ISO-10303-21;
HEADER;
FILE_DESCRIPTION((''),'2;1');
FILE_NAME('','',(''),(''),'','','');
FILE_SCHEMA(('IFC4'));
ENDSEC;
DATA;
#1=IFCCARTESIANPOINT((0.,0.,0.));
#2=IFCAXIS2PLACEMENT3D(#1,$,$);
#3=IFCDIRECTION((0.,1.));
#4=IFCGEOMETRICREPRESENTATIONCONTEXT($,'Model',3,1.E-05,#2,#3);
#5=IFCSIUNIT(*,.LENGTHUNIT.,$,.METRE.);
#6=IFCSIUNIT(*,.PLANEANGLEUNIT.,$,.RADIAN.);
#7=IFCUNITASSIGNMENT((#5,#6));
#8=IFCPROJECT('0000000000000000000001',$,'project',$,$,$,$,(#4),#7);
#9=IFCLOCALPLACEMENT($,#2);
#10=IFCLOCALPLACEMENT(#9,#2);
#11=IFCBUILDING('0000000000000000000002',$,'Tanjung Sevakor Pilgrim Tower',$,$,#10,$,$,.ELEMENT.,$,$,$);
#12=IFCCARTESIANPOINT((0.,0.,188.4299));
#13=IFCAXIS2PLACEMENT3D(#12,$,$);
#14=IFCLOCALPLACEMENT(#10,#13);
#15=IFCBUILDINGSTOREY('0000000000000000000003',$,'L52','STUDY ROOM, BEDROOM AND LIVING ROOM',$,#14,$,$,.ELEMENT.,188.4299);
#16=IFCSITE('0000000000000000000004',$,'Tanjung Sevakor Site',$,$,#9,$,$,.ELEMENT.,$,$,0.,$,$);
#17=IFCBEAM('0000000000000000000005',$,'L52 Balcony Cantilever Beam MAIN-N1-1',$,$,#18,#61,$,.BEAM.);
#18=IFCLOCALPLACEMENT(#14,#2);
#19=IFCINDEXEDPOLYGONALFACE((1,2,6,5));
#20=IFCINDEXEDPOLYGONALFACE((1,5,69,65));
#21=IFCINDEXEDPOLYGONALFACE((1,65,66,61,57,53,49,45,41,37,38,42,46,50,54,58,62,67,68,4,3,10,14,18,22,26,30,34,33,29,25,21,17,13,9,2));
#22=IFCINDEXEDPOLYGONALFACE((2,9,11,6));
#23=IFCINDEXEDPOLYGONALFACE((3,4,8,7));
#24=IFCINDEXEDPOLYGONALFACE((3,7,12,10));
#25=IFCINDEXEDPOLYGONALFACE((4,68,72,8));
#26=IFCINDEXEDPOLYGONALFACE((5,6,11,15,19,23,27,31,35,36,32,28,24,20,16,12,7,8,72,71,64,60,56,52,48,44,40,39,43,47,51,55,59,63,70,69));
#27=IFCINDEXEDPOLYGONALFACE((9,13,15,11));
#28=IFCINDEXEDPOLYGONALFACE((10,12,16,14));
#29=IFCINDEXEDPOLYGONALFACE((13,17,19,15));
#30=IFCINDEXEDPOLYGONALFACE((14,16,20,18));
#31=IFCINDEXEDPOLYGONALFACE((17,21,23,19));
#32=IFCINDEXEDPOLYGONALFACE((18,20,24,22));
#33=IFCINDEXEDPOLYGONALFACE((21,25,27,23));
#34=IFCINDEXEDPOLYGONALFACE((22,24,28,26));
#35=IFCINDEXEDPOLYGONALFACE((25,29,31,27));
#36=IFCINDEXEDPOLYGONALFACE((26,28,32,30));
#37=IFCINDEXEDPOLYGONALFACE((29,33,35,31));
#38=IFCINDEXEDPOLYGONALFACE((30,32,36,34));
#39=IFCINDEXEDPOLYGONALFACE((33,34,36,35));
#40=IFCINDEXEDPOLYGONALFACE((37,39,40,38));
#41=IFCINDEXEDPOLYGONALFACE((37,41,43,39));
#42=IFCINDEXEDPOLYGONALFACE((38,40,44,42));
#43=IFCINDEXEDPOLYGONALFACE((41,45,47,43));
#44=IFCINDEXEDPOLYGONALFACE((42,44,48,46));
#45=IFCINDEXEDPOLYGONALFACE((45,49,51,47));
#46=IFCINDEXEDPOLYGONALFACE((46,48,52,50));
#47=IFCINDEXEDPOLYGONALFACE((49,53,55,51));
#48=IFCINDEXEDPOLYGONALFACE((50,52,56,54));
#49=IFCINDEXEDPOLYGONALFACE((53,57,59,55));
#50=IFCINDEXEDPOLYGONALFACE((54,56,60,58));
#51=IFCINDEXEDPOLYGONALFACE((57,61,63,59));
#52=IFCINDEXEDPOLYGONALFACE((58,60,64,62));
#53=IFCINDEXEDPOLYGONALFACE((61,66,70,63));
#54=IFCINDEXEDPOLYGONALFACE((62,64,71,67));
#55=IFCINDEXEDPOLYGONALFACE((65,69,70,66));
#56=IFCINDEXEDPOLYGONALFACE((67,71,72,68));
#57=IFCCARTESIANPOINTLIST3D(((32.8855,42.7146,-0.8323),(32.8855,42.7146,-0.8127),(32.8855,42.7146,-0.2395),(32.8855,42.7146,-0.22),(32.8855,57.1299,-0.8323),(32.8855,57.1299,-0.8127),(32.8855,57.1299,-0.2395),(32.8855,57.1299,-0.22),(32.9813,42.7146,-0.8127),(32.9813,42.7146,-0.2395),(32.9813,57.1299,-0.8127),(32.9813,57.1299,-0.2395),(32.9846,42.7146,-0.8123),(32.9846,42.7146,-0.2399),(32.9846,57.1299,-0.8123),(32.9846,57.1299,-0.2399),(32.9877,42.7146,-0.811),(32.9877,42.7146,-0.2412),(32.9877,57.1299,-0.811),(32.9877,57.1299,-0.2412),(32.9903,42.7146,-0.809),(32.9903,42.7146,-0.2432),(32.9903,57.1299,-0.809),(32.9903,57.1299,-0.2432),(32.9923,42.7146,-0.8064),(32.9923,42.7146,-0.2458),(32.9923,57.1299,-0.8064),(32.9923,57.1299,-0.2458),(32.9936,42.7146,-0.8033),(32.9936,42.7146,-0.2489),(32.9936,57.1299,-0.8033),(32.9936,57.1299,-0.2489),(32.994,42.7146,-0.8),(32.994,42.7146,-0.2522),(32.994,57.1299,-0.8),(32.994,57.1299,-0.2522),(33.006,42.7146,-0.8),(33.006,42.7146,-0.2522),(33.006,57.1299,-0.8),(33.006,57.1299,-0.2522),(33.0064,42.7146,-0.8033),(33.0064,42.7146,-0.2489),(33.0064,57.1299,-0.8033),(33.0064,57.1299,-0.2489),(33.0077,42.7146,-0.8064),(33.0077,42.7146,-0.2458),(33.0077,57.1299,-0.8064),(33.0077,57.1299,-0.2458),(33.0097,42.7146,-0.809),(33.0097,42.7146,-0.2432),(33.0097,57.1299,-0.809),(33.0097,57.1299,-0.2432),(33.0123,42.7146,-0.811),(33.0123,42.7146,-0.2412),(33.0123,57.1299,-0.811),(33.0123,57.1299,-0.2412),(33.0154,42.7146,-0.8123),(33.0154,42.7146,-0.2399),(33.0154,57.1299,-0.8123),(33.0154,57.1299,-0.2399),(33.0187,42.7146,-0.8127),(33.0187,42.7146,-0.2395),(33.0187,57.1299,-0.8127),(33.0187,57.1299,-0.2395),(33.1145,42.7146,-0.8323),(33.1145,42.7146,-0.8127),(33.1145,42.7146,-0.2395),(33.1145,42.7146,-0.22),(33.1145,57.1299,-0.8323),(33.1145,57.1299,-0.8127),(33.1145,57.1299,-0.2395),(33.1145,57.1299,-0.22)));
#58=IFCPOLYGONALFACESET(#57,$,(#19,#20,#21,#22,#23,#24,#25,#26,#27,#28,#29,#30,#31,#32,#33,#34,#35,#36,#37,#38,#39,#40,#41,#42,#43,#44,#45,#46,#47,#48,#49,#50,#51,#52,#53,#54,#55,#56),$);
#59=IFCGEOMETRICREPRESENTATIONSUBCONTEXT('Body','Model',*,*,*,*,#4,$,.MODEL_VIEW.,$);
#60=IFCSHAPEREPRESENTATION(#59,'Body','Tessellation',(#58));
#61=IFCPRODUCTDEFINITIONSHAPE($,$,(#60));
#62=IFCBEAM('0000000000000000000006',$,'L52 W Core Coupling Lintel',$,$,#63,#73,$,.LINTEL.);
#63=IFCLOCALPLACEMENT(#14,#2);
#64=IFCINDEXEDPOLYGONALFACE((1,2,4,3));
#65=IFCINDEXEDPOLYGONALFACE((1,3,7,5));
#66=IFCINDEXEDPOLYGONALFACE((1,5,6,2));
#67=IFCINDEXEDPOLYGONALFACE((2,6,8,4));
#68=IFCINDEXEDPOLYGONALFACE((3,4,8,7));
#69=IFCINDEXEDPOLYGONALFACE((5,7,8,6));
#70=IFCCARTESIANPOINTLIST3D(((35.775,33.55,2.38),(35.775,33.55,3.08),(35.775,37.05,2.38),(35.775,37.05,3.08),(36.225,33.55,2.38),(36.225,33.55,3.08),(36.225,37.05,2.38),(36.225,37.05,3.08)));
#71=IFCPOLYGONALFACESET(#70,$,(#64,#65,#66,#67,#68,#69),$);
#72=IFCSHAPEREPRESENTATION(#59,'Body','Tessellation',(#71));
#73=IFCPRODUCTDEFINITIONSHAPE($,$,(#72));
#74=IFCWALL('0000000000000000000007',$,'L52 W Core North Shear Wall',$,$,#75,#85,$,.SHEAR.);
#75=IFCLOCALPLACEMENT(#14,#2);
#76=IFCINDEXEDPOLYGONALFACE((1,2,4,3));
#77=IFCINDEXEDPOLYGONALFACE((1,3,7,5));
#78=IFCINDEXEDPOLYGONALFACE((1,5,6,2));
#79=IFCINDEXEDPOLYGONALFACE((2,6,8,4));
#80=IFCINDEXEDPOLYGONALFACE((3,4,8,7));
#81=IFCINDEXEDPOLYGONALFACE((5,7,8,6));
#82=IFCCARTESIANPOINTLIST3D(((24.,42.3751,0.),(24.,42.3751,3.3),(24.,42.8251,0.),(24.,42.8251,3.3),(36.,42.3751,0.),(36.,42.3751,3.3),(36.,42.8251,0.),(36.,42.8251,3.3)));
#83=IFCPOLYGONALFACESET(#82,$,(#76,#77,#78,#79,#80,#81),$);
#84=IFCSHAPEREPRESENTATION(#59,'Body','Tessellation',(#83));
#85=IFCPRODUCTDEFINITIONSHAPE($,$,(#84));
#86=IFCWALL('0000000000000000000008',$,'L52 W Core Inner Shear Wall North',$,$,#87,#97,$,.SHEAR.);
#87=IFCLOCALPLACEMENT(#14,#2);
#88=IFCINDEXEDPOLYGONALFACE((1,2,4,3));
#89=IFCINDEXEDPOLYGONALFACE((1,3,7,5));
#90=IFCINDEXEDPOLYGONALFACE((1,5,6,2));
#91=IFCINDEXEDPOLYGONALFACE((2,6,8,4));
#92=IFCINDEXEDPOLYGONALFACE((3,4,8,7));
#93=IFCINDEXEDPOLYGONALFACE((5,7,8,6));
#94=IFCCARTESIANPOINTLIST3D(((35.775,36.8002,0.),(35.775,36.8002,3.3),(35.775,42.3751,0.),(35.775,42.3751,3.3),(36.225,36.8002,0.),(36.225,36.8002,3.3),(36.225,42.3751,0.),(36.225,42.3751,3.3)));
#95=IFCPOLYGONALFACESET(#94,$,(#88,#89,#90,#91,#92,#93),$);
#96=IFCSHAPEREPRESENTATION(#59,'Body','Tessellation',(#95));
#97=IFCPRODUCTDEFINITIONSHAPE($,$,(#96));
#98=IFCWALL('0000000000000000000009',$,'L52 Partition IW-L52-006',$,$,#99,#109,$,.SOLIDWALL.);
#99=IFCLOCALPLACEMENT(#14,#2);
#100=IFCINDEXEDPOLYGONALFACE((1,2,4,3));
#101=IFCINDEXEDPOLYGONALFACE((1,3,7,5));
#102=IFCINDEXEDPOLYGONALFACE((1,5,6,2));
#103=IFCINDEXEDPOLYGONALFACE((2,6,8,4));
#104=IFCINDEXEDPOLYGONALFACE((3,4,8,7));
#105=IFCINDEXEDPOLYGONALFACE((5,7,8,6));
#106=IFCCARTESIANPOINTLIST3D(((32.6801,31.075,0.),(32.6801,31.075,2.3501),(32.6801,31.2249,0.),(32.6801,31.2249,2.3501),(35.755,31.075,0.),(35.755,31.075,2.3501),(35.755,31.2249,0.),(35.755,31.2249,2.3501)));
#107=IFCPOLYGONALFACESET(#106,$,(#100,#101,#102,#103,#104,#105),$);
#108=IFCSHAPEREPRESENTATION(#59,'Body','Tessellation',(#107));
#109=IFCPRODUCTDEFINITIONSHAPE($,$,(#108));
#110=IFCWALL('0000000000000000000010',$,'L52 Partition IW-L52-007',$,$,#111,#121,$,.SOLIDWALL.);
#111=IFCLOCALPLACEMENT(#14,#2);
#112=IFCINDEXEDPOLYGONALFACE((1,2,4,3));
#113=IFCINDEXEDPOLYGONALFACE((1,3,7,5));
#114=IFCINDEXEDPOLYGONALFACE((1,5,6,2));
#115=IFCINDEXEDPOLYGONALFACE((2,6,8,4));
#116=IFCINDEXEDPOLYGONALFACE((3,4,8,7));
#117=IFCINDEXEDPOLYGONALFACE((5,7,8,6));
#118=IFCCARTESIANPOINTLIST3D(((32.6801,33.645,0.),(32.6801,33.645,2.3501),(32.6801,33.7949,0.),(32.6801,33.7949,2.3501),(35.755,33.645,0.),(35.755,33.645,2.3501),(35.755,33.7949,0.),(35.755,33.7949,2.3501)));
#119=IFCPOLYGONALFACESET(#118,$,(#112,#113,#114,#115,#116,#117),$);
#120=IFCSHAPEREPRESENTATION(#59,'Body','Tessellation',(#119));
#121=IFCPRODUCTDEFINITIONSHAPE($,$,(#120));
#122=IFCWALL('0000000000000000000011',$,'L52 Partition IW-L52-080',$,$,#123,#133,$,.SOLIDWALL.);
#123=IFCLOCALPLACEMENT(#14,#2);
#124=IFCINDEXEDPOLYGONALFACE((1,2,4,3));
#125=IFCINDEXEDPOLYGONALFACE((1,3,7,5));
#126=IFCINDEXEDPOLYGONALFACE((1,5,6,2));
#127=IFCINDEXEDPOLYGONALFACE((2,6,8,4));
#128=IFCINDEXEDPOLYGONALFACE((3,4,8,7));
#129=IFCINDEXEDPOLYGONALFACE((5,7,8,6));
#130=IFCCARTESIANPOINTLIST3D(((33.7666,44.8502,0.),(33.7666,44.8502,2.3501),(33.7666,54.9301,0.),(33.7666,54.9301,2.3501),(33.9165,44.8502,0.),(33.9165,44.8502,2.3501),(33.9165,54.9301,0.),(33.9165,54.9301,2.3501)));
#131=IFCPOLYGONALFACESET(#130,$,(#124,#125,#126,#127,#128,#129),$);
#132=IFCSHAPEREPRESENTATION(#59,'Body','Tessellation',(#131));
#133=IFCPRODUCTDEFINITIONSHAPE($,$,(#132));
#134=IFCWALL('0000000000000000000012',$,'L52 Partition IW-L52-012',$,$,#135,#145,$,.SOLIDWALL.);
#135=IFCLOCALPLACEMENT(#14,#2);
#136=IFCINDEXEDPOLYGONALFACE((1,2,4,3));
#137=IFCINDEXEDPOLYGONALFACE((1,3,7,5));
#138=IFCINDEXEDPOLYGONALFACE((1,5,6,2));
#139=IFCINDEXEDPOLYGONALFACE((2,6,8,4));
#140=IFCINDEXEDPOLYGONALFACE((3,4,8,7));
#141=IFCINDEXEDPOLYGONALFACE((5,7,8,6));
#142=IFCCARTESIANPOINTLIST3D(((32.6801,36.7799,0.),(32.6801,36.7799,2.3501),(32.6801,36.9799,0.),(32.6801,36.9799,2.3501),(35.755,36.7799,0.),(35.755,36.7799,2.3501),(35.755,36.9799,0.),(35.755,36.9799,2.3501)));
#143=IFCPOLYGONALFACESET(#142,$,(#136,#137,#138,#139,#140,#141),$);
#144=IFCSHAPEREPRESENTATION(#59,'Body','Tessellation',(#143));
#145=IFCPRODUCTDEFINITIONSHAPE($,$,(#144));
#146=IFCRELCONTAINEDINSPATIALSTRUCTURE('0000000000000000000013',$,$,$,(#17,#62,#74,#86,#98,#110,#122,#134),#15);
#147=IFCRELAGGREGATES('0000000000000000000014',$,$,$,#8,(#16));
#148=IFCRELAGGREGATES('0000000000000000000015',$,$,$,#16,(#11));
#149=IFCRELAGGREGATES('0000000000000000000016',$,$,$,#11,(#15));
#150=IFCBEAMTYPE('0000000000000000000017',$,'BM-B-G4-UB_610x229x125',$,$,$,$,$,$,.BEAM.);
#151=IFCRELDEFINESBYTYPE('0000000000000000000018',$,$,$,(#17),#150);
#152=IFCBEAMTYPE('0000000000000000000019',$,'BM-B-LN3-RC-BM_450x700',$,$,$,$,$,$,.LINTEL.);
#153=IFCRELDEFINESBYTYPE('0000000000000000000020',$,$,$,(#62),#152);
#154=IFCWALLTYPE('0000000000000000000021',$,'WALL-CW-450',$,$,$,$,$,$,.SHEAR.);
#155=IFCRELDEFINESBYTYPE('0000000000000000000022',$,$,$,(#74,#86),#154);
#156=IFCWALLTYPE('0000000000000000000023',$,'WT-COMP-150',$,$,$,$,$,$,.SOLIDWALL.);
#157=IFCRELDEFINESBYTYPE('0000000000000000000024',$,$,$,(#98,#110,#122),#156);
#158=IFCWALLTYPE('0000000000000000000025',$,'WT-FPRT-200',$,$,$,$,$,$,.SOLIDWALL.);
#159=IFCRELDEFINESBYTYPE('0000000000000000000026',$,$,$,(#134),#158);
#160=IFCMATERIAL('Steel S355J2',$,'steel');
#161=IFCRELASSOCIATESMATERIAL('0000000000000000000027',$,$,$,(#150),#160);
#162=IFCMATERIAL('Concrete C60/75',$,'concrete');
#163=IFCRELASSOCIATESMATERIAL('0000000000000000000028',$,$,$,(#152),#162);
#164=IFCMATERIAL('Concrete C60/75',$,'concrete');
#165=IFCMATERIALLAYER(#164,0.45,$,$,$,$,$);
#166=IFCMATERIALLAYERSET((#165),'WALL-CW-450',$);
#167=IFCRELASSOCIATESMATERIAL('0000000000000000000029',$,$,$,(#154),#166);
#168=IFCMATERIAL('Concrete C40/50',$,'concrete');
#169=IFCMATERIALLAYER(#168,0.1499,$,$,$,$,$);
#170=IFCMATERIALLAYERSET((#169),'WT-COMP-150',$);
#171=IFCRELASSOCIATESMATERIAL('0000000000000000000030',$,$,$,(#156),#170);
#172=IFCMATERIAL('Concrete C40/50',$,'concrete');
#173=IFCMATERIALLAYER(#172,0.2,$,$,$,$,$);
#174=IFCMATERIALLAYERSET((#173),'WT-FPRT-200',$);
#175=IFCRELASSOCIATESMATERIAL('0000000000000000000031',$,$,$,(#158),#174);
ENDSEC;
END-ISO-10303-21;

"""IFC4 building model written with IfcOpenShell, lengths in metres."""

from ifc_helpers import new_model, si_unit, direction, frame, frame_2d, origin, origin_2d, place, context, subcontext, project, spatial, rectangle, i_section, extrude, material, layer, layer_set, material_profile, profile_set, type_object, element, save


model = new_model("IFC4")

# Units and contexts
model_context = context("Model", 3, precision=1e-05, world=origin(), true_north=direction((0.0, 1.0)))
body_context = subcontext(model_context, "Body", "Model", "MODEL_VIEW")
ifc_project = project(units=[si_unit("LENGTHUNIT", "METRE"), si_unit("PLANEANGLEUNIT", "RADIAN")], contexts=[model_context])

# Site, building, storey
site_placement = place(None, origin())
site = spatial("IfcSite", under=ifc_project, at=site_placement, Name="Tanjung Sevakor Site", CompositionType="ELEMENT", RefElevation=0.0)
building_placement = place(site_placement, origin())
building = spatial("IfcBuilding", under=site, at=building_placement, Name="Tanjung Sevakor Pilgrim Tower", CompositionType="ELEMENT")
storey_placement = place(building_placement, frame((0.0, 0.0, 188.4299)))
storey = spatial("IfcBuildingStorey", under=building, at=storey_placement, Name="L52", Description="STUDY ROOM, BEDROOM AND LIVING ROOM", CompositionType="ELEMENT", Elevation=188.4299)

# Beams
ifc_material_1 = material(Name="Steel S355J2", Category="steel")
ifc_material_profile_1 = material_profile(ifc_material_1, i_section(OverallWidth=0.229, OverallDepth=0.6123, WebThickness=0.012, FlangeThickness=0.0195, FilletRadius=0.0127, at=origin_2d()))
ifc_profile_set_1 = profile_set([ifc_material_profile_1], Name="Steel S355J2")
beam_type_1 = type_object("IfcBeamType", Name="BM-B-G4-UB_610x229x125", PredefinedType="BEAM", material=ifc_profile_set_1)
beam_1_placement = place(storey_placement, frame((33.0, 42.7146, -0.5261), z_axis=(0.0, 1.0, 0.0), x_axis=(-1.0, 0.0, 0.0)))
element("IfcBeam", 1, at=beam_1_placement, inside=storey, type_object=beam_type_1, Name="L52 Balcony Cantilever Beam MAIN-N1-1", PredefinedType="BEAM", context=body_context, shape_type="SweptSolid", body=[
    extrude(i_section(OverallWidth=0.229, OverallDepth=0.6123, WebThickness=0.012, FlangeThickness=0.0195, FilletRadius=0.0127, at=origin_2d()), origin(), (0.0, 0.0, 1.0), 14.4153),
])
ifc_material_2 = material(Name="Concrete C60/75", Category="concrete")
ifc_material_profile_2 = material_profile(ifc_material_2, rectangle(XDim=0.45, YDim=0.7, at=origin_2d()))
ifc_profile_set_2 = profile_set([ifc_material_profile_2], Name="Concrete C60/75")
beam_type_2 = type_object("IfcBeamType", Name="BM-B-LN3-RC-BM_450x700", PredefinedType="LINTEL", material=ifc_profile_set_2)
beam_2_placement = place(storey_placement, frame((36.0, 33.55, 2.73), z_axis=(0.0, 1.0, 0.0), x_axis=(-1.0, 0.0, 0.0)))
element("IfcBeam", 2, at=beam_2_placement, inside=storey, type_object=beam_type_2, Name="L52 W Core Coupling Lintel", PredefinedType="LINTEL", context=body_context, shape_type="SweptSolid", body=[
    extrude(rectangle(XDim=0.45, YDim=0.7, at=origin_2d()), origin(), (0.0, 0.0, 1.0), 3.5),
])

# Walls
ifc_material_3 = material(Name="Concrete C60/75", Category="concrete")
ifc_layer_1 = layer(ifc_material_3, 0.45)
ifc_layer_set_1 = layer_set([ifc_layer_1], Name="WALL-CW-450")
wall_type_1 = type_object("IfcWallType", Name="WALL-CW-450", PredefinedType="SHEAR", material=ifc_layer_set_1)
wall_1_placement = place(storey_placement, frame((36.0, 42.6001, 0.0), z_axis=(0.0, 0.0, 1.0), x_axis=(-1.0, 0.0, 0.0)))
element("IfcWall", 3, at=wall_1_placement, inside=storey, type_object=wall_type_1, Name="L52 W Core North Shear Wall", PredefinedType="SHEAR", context=body_context, shape_type="SweptSolid", body=[
    extrude(rectangle(XDim=12.0, YDim=0.45, at=frame_2d((6.0, 0.0))), origin(), (0.0, 0.0, 1.0), 3.3),
])
wall_2_placement = place(storey_placement, frame((36.0, 36.8, 0.0), z_axis=(0.0, 0.0, 1.0), x_axis=(0.0, 1.0, 0.0)))
element("IfcWall", 4, at=wall_2_placement, inside=storey, type_object=wall_type_1, Name="L52 W Core Inner Shear Wall North", PredefinedType="SHEAR", context=body_context, shape_type="SweptSolid", body=[
    extrude(rectangle(XDim=5.575, YDim=0.45, at=frame_2d((2.7876, 0.0))), origin(), (0.0, 0.0, 1.0), 3.3),
])
ifc_material_4 = material(Name="Concrete C40/50", Category="concrete")
ifc_layer_2 = layer(ifc_material_4, 0.1499)
ifc_layer_set_2 = layer_set([ifc_layer_2], Name="WT-COMP-150")
wall_type_2 = type_object("IfcWallType", Name="WT-COMP-150", PredefinedType="SOLIDWALL", material=ifc_layer_set_2)
for number, where, z_axis, x_axis, name in (
    (5, (32.6799, 31.1499, 0.0), (0.0, 0.0, 1.0), (1.0, 0.0, 0.0), "L52 Partition IW-L52-006"),
    (6, (32.6799, 33.72, 0.0), (0.0, 0.0, 1.0), (1.0, 0.0, 0.0), "L52 Partition IW-L52-007"),
):
    element("IfcWall", number, at=place(storey_placement, frame(where, z_axis=z_axis, x_axis=x_axis)), inside=storey, type_object=wall_type_2, Name=name, PredefinedType="SOLIDWALL", context=body_context, shape_type="SweptSolid", body=[
        extrude(rectangle(XDim=3.075, YDim=0.1499, at=frame_2d((1.5376, 0.0))), origin(), (0.0, 0.0, 1.0), 2.3501),
    ])

# Wall
wall_3_placement = place(storey_placement, frame((33.8416, 44.8501, 0.0), z_axis=(0.0, 0.0, 1.0), x_axis=(0.0, 1.0, 0.0)))
element("IfcWall", 7, at=wall_3_placement, inside=storey, type_object=wall_type_2, Name="L52 Partition IW-L52-080", PredefinedType="SOLIDWALL", context=body_context, shape_type="SweptSolid", body=[
    extrude(rectangle(XDim=10.0798, YDim=0.1499, at=frame_2d((5.04, 0.0))), origin(), (0.0, 0.0, 1.0), 2.3501),
])

# Wall
ifc_material_5 = material(Name="Concrete C40/50", Category="concrete")
ifc_layer_3 = layer(ifc_material_5, 0.2)
ifc_layer_set_3 = layer_set([ifc_layer_3], Name="WT-FPRT-200")
wall_type_3 = type_object("IfcWallType", Name="WT-FPRT-200", PredefinedType="SOLIDWALL", material=ifc_layer_set_3)
wall_4_placement = place(storey_placement, frame((32.6799, 36.8799, 0.0), z_axis=(0.0, 0.0, 1.0), x_axis=(1.0, 0.0, 0.0)))
element("IfcWall", 8, at=wall_4_placement, inside=storey, type_object=wall_type_3, Name="L52 Partition IW-L52-012", PredefinedType="SOLIDWALL", context=body_context, shape_type="SweptSolid", body=[
    extrude(rectangle(XDim=3.075, YDim=0.2, at=frame_2d((1.5376, 0.0))), origin(), (0.0, 0.0, 1.0), 2.3501),
])

save(model, "model.ifc")
